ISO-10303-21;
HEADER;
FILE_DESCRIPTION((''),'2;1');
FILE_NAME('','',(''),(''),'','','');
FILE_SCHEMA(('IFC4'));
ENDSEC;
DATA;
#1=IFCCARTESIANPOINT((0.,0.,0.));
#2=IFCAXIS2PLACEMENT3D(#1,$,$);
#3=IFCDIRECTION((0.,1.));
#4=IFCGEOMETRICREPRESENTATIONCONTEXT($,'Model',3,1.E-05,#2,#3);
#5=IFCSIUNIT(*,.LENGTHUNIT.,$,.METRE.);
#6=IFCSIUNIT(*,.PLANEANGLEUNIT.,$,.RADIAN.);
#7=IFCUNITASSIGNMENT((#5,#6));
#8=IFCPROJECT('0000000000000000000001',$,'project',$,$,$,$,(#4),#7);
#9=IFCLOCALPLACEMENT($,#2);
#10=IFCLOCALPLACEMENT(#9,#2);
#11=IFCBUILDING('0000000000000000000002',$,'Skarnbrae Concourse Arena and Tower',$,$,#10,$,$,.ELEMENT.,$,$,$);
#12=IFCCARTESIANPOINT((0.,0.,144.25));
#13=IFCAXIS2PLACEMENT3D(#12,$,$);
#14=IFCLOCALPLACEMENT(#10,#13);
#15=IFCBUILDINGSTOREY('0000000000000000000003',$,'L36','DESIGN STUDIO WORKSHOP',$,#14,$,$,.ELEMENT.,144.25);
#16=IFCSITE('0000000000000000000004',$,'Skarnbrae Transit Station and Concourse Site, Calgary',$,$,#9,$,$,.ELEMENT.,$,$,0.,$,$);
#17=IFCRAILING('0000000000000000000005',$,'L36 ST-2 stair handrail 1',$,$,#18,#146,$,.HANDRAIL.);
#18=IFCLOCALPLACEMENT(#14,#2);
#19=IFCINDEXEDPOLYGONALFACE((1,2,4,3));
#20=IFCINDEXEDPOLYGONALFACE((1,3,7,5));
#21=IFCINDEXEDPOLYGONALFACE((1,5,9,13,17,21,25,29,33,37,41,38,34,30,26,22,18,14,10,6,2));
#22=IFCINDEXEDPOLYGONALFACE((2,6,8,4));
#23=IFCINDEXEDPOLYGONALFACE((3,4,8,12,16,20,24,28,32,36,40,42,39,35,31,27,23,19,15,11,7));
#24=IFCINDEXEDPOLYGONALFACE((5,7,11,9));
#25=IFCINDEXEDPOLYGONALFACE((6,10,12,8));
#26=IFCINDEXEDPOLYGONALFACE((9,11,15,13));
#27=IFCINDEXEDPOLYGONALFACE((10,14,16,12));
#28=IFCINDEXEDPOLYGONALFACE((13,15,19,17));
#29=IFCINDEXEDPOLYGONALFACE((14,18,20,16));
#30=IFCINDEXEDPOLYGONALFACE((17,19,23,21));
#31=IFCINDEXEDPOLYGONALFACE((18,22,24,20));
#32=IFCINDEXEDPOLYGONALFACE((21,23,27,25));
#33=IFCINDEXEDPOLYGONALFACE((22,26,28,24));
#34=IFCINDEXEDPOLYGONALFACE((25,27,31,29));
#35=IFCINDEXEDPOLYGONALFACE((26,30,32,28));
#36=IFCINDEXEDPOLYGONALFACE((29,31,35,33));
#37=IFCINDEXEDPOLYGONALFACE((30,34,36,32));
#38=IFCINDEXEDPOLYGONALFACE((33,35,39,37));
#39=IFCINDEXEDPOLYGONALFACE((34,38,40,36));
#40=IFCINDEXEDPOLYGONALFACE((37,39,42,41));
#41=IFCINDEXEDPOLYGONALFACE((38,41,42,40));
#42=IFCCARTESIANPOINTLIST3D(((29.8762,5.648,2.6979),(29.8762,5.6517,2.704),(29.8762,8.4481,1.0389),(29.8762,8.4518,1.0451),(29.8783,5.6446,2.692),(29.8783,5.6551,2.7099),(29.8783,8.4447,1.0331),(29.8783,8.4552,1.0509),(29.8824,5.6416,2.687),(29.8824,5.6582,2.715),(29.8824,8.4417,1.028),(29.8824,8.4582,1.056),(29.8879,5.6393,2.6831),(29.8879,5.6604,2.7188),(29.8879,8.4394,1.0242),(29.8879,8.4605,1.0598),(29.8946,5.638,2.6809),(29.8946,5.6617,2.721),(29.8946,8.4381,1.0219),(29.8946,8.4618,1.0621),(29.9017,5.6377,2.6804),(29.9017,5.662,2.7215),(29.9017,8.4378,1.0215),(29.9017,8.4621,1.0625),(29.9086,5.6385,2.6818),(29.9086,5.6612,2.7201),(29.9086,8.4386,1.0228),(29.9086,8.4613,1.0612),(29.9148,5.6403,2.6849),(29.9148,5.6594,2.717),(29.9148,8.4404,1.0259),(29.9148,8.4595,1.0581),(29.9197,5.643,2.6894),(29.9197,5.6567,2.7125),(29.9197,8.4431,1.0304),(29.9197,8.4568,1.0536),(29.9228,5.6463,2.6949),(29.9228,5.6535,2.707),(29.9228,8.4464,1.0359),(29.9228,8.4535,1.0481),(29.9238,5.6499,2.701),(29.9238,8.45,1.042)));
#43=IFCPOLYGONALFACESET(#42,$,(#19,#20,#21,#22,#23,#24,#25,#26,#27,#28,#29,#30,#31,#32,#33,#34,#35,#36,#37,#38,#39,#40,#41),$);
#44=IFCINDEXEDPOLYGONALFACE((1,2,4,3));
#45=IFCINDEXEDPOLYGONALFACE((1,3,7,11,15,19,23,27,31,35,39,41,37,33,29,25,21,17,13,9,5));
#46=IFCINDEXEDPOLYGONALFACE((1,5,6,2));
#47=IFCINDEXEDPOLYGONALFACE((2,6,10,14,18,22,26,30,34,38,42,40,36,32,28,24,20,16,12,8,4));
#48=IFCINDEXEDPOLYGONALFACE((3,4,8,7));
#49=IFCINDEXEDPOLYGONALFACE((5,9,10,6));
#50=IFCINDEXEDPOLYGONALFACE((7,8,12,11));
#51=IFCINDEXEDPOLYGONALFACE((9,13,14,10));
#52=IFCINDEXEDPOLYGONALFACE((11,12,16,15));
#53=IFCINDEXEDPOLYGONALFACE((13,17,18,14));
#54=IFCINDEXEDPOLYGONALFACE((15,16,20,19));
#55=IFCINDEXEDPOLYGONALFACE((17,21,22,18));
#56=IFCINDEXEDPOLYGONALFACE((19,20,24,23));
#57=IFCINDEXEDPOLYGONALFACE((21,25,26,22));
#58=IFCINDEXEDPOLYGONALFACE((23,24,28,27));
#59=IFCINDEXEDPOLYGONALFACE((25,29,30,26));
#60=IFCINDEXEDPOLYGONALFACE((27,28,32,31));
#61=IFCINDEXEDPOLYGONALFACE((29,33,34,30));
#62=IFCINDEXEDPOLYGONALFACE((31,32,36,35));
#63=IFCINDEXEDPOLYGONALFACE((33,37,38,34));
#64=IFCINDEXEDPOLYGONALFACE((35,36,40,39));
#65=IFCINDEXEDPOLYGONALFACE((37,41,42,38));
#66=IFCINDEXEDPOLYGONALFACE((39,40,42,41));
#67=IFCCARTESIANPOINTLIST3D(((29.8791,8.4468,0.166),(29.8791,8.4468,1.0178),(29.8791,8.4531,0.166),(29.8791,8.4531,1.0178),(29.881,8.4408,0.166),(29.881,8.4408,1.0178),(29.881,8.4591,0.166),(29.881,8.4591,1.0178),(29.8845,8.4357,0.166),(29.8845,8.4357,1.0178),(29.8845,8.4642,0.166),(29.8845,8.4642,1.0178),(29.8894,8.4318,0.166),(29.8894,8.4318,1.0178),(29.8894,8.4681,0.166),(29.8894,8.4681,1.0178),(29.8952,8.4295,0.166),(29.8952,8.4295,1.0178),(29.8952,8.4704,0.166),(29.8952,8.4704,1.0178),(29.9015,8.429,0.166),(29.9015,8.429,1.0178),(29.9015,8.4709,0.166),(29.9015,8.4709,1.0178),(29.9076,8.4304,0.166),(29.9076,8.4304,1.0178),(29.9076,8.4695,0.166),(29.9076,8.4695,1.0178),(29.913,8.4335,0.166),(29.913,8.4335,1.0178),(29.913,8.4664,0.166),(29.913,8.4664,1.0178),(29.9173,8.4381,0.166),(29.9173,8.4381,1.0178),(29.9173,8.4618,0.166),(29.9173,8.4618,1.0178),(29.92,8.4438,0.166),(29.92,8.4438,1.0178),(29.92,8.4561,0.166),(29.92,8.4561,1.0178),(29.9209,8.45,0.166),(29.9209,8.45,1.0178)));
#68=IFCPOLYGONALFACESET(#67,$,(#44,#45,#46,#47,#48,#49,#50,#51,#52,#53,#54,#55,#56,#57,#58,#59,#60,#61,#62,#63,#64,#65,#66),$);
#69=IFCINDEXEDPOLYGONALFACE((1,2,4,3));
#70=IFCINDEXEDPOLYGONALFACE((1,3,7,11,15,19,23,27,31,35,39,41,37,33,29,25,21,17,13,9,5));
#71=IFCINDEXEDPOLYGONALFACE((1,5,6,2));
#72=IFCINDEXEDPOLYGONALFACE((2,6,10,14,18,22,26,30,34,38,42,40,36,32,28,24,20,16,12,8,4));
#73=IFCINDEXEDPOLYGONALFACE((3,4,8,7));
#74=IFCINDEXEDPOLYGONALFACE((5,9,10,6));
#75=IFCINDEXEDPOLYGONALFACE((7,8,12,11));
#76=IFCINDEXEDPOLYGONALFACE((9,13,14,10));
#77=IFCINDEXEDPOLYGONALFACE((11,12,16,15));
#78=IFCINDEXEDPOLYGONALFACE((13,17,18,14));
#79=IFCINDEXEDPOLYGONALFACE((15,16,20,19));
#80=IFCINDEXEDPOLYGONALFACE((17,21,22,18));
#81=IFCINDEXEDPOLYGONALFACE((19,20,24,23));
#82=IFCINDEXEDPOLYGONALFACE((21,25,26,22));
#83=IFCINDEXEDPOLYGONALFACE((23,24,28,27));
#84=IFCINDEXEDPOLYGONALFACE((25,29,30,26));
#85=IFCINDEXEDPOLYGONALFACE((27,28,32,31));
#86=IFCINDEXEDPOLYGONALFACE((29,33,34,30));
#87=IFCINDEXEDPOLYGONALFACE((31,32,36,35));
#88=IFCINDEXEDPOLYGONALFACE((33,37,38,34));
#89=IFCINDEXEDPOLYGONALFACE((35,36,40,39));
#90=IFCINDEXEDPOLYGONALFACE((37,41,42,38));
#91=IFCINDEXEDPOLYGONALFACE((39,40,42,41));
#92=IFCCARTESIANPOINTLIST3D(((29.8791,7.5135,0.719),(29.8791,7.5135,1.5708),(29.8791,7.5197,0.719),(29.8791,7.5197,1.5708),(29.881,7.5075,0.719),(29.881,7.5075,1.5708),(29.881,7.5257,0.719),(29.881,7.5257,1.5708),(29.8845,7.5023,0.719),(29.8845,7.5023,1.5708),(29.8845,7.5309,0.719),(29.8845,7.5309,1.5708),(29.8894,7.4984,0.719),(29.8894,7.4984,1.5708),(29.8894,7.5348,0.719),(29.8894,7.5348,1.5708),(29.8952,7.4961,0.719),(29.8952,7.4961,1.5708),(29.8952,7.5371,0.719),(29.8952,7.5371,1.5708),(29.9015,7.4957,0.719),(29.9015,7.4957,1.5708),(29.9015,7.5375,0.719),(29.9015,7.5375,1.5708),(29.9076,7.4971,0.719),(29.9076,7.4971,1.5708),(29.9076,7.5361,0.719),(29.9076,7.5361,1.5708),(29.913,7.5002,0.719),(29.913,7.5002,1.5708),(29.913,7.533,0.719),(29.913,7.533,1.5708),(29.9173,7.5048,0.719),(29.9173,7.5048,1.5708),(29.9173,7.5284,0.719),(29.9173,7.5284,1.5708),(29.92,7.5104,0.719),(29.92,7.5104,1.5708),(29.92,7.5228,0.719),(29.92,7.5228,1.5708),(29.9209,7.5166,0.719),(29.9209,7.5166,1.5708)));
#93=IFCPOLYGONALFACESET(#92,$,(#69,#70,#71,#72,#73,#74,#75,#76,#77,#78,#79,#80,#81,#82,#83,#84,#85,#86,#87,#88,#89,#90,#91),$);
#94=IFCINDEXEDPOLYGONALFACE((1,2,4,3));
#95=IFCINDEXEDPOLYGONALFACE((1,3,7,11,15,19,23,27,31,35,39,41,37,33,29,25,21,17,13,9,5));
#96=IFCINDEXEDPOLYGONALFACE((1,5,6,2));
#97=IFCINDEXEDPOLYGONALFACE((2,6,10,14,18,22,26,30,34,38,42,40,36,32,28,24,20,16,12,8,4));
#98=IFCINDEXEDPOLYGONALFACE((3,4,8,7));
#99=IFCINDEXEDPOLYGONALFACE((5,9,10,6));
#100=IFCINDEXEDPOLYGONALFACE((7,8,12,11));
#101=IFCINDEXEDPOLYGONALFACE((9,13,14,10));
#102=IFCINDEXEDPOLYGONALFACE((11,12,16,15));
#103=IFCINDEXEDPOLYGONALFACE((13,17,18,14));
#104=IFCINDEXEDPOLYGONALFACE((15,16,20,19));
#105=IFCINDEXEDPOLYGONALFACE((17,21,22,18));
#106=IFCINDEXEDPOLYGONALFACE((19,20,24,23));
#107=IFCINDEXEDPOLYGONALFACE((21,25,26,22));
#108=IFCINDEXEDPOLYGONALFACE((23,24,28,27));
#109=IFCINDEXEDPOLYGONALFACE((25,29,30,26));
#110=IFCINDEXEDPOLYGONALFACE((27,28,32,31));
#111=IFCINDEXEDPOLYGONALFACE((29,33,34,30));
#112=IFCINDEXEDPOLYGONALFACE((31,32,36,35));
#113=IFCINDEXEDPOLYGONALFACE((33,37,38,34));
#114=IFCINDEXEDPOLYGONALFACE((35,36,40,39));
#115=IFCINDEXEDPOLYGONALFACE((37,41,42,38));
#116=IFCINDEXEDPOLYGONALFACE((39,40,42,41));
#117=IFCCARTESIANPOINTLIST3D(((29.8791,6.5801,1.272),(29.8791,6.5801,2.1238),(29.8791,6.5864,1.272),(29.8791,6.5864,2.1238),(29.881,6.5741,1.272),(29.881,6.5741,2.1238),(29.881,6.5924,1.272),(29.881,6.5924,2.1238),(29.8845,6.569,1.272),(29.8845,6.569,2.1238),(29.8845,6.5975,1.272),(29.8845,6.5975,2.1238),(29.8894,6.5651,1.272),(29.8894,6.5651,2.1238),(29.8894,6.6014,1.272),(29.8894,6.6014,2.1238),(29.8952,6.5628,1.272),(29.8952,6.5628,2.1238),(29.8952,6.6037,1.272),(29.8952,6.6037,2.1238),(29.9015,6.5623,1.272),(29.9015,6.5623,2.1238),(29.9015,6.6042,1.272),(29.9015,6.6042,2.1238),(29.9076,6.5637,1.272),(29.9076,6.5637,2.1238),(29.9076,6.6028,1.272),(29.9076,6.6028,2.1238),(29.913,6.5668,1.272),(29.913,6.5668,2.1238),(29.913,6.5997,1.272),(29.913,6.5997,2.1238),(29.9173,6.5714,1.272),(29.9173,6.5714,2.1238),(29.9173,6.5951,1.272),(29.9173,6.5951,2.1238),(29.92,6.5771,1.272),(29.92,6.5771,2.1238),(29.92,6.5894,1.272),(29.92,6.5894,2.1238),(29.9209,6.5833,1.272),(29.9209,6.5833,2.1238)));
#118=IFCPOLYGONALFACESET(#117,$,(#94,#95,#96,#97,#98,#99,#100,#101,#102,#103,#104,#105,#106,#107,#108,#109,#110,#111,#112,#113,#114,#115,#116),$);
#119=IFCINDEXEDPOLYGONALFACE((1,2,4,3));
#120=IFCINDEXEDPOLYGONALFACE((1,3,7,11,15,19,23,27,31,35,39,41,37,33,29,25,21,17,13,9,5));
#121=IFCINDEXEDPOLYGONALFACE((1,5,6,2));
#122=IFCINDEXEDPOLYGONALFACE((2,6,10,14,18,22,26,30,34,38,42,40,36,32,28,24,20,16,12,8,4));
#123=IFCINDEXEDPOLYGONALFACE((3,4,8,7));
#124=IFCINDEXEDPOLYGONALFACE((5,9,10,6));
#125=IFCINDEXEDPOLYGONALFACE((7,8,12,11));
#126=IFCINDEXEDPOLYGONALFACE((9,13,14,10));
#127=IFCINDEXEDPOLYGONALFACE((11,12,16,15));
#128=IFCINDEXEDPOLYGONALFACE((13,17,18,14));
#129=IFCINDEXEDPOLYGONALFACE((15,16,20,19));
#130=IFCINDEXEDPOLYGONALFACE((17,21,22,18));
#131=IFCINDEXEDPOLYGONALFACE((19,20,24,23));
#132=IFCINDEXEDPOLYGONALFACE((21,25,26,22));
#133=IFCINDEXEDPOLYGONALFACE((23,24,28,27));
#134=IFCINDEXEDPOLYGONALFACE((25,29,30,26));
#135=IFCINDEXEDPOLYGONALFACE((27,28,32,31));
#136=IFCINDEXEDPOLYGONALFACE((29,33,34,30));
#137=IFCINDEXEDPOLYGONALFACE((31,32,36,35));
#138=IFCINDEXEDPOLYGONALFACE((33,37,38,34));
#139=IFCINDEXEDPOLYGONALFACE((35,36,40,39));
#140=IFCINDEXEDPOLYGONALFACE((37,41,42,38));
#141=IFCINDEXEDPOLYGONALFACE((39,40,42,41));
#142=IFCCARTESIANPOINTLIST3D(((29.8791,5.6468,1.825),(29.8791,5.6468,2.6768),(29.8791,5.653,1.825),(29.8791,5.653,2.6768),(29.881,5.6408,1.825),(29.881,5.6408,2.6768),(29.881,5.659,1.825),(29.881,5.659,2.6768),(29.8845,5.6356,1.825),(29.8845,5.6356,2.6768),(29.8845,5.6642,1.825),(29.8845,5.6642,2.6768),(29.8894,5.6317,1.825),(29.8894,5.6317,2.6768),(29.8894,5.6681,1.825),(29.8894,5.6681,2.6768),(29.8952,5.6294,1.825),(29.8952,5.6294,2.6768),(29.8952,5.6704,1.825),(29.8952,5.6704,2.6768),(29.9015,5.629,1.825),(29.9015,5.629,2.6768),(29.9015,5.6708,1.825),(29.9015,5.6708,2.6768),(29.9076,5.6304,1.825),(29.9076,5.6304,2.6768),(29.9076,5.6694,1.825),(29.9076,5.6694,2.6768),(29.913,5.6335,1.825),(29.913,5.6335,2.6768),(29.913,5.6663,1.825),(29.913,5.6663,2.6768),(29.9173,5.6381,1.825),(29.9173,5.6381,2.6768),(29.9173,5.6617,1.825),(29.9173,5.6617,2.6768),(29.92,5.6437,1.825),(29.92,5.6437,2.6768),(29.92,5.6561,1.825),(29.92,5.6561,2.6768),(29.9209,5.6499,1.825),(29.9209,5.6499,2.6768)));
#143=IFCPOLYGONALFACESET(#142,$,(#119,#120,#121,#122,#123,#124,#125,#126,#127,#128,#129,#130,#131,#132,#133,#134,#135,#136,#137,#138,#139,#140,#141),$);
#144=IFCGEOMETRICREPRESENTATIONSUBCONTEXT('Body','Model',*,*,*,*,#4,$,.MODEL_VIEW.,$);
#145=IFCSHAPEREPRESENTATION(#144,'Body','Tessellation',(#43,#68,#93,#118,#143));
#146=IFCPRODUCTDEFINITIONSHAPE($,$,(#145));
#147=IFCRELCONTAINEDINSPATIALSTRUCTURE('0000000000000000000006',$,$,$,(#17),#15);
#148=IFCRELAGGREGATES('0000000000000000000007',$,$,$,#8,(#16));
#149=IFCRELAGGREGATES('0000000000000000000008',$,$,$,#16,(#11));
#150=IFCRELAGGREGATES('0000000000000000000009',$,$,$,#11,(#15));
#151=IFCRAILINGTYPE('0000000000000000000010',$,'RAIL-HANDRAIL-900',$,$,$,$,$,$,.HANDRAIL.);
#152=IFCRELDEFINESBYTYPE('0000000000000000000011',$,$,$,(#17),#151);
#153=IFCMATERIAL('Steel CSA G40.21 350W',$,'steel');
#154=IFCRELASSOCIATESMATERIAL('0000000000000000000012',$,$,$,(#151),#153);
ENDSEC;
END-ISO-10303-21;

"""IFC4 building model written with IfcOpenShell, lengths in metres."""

from ifc_helpers import new_model, si_unit, direction, frame, origin, origin_2d, place, context, subcontext, project, spatial, circle, extrude, material, type_object, element, save


model = new_model("IFC4")

# Units and contexts
model_context = context("Model", 3, precision=1e-05, world=origin(), true_north=direction((0.0, 1.0)))
body_context = subcontext(model_context, "Body", "Model", "MODEL_VIEW")
ifc_project = project(units=[si_unit("LENGTHUNIT", "METRE"), si_unit("PLANEANGLEUNIT", "RADIAN")], contexts=[model_context])

# Site, building, storey
site_placement = place(None, origin())
site = spatial("IfcSite", under=ifc_project, at=site_placement, Name="Skarnbrae Transit Station and Concourse Site, Calgary", CompositionType="ELEMENT", RefElevation=0.0)
building_placement = place(site_placement, origin())
building = spatial("IfcBuilding", under=site, at=building_placement, Name="Skarnbrae Concourse Arena and Tower", CompositionType="ELEMENT")
storey_placement = place(building_placement, frame((0.0, 0.0, 144.25)))
storey = spatial("IfcBuildingStorey", under=building, at=storey_placement, Name="L36", Description="DESIGN STUDIO WORKSHOP", CompositionType="ELEMENT", Elevation=144.25)

# Shared definitions
ifc_material_1 = material(Name="Steel CSA G40.21 350W", Category="steel")

# Railing
railing_type_1 = type_object("IfcRailingType", Name="RAIL-HANDRAIL-900", PredefinedType="HANDRAIL", material=ifc_material_1)
railing_1_placement = place(storey_placement, frame((29.8999, 8.45, 0.166)))
element("IfcRailing", 1, at=railing_1_placement, inside=storey, type_object=railing_type_1, Name="L36 ST-2 stair handrail 1", PredefinedType="HANDRAIL", context=body_context, shape_type="SweptSolid", body=[
    extrude(circle(Radius=0.0239, at=origin_2d()), frame((0.0, 0.0, 0.876), z_axis=(0.0, -0.860339, 0.509722), x_axis=(1.0, 0.0, 0.0)), (0.0, 0.0, 1.0), 3.2546),
    extrude(circle(Radius=0.021, at=origin_2d()), origin(), (0.0, 0.0, 1.0), 0.8518),
    extrude(circle(Radius=0.021, at=origin_2d()), frame((0.0, -0.9333, 0.553)), (0.0, 0.0, 1.0), 0.8518),
    extrude(circle(Radius=0.021, at=origin_2d()), frame((0.0, -1.8667, 1.106)), (0.0, 0.0, 1.0), 0.8518),
    extrude(circle(Radius=0.021, at=origin_2d()), frame((0.0, -2.8, 1.6589)), (0.0, 0.0, 1.0), 0.8518),
])

save(model, "model.ifc")
